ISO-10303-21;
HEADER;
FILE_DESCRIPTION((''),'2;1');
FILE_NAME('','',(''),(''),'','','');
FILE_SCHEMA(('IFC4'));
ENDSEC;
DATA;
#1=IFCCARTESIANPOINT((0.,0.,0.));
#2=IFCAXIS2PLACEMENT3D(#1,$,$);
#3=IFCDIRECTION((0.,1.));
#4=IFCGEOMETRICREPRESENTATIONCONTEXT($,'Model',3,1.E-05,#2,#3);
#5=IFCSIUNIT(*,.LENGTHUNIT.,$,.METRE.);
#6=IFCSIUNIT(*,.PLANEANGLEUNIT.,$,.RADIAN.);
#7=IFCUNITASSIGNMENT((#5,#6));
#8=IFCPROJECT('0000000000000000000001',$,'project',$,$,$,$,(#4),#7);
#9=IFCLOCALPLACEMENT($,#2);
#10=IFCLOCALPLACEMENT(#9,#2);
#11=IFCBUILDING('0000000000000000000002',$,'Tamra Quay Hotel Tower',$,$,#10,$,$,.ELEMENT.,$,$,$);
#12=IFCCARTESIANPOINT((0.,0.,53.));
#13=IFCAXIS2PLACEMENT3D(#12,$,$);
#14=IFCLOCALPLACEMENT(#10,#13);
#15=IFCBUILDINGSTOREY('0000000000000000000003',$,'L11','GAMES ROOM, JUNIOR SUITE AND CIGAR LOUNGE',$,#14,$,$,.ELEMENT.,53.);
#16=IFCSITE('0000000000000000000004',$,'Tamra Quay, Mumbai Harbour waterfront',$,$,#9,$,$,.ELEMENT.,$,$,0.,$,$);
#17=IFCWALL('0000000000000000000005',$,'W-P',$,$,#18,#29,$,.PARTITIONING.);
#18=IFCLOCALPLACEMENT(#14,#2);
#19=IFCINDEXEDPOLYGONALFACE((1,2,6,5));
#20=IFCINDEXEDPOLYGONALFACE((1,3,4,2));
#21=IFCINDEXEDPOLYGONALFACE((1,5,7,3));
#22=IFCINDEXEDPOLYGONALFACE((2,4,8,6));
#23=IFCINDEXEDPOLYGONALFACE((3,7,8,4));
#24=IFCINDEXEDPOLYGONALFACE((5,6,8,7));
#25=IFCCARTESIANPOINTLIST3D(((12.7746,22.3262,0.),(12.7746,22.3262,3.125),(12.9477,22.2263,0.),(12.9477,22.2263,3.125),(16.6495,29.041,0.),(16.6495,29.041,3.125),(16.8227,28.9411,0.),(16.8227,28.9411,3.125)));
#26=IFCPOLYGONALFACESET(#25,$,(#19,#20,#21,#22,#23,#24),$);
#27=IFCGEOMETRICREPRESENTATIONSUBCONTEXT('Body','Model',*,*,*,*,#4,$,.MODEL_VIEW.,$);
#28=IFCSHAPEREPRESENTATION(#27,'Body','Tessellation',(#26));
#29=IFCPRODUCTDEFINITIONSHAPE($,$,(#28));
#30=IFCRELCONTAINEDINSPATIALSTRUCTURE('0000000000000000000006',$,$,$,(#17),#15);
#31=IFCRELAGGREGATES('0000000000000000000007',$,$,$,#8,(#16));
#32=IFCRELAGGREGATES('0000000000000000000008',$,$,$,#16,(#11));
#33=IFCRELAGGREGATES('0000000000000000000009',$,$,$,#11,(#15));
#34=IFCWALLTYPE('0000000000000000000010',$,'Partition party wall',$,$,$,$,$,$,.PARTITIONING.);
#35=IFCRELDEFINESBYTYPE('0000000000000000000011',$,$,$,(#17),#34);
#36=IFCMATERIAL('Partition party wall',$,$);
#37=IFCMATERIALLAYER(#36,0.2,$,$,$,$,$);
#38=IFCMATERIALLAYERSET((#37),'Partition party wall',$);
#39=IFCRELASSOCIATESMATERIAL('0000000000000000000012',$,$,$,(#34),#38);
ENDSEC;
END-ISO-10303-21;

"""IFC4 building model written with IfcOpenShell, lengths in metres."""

from ifc_helpers import new_model, si_unit, direction, frame, frame_2d, origin, place, context, subcontext, project, spatial, rectangle, extrude, material, layer, layer_set, type_object, element, save


model = new_model("IFC4")

# Units and contexts
model_context = context("Model", 3, precision=1e-05, world=origin(), true_north=direction((0.0, 1.0)))
body_context = subcontext(model_context, "Body", "Model", "MODEL_VIEW")
ifc_project = project(units=[si_unit("LENGTHUNIT", "METRE"), si_unit("PLANEANGLEUNIT", "RADIAN")], contexts=[model_context])

# Site, building, storey
site_placement = place(None, origin())
site = spatial("IfcSite", under=ifc_project, at=site_placement, Name="Tamra Quay, Mumbai Harbour waterfront", CompositionType="ELEMENT", RefElevation=0.0)
building_placement = place(site_placement, origin())
building = spatial("IfcBuilding", under=site, at=building_placement, Name="Tamra Quay Hotel Tower", CompositionType="ELEMENT")
storey_placement = place(building_placement, frame((0.0, 0.0, 53.0)))
storey = spatial("IfcBuildingStorey", under=building, at=storey_placement, Name="L11", Description="GAMES ROOM, JUNIOR SUITE AND CIGAR LOUNGE", CompositionType="ELEMENT", Elevation=53.0)

# Wall
ifc_material_1 = material(Name="Partition party wall")
ifc_layer_1 = layer(ifc_material_1, 0.2)
ifc_layer_set_1 = layer_set([ifc_layer_1], Name="Partition party wall")
wall_type_1 = type_object("IfcWallType", Name="Partition party wall", PredefinedType="PARTITIONING", material=ifc_layer_set_1)
wall_1_placement = place(storey_placement, frame((12.8611, 22.2761, 0.0), z_axis=(0.0, 0.0, 1.0), x_axis=(0.499824, 0.866127, 0.0)))
element("IfcWall", 1, at=wall_1_placement, inside=storey, type_object=wall_type_1, Name="W-P", PredefinedType="PARTITIONING", context=body_context, shape_type="SweptSolid", body=[
    extrude(rectangle(XDim=7.7527, YDim=0.2, at=frame_2d((3.8765, 0.0))), origin(), (0.0, 0.0, 1.0), 3.125),
])

save(model, "model.ifc")
